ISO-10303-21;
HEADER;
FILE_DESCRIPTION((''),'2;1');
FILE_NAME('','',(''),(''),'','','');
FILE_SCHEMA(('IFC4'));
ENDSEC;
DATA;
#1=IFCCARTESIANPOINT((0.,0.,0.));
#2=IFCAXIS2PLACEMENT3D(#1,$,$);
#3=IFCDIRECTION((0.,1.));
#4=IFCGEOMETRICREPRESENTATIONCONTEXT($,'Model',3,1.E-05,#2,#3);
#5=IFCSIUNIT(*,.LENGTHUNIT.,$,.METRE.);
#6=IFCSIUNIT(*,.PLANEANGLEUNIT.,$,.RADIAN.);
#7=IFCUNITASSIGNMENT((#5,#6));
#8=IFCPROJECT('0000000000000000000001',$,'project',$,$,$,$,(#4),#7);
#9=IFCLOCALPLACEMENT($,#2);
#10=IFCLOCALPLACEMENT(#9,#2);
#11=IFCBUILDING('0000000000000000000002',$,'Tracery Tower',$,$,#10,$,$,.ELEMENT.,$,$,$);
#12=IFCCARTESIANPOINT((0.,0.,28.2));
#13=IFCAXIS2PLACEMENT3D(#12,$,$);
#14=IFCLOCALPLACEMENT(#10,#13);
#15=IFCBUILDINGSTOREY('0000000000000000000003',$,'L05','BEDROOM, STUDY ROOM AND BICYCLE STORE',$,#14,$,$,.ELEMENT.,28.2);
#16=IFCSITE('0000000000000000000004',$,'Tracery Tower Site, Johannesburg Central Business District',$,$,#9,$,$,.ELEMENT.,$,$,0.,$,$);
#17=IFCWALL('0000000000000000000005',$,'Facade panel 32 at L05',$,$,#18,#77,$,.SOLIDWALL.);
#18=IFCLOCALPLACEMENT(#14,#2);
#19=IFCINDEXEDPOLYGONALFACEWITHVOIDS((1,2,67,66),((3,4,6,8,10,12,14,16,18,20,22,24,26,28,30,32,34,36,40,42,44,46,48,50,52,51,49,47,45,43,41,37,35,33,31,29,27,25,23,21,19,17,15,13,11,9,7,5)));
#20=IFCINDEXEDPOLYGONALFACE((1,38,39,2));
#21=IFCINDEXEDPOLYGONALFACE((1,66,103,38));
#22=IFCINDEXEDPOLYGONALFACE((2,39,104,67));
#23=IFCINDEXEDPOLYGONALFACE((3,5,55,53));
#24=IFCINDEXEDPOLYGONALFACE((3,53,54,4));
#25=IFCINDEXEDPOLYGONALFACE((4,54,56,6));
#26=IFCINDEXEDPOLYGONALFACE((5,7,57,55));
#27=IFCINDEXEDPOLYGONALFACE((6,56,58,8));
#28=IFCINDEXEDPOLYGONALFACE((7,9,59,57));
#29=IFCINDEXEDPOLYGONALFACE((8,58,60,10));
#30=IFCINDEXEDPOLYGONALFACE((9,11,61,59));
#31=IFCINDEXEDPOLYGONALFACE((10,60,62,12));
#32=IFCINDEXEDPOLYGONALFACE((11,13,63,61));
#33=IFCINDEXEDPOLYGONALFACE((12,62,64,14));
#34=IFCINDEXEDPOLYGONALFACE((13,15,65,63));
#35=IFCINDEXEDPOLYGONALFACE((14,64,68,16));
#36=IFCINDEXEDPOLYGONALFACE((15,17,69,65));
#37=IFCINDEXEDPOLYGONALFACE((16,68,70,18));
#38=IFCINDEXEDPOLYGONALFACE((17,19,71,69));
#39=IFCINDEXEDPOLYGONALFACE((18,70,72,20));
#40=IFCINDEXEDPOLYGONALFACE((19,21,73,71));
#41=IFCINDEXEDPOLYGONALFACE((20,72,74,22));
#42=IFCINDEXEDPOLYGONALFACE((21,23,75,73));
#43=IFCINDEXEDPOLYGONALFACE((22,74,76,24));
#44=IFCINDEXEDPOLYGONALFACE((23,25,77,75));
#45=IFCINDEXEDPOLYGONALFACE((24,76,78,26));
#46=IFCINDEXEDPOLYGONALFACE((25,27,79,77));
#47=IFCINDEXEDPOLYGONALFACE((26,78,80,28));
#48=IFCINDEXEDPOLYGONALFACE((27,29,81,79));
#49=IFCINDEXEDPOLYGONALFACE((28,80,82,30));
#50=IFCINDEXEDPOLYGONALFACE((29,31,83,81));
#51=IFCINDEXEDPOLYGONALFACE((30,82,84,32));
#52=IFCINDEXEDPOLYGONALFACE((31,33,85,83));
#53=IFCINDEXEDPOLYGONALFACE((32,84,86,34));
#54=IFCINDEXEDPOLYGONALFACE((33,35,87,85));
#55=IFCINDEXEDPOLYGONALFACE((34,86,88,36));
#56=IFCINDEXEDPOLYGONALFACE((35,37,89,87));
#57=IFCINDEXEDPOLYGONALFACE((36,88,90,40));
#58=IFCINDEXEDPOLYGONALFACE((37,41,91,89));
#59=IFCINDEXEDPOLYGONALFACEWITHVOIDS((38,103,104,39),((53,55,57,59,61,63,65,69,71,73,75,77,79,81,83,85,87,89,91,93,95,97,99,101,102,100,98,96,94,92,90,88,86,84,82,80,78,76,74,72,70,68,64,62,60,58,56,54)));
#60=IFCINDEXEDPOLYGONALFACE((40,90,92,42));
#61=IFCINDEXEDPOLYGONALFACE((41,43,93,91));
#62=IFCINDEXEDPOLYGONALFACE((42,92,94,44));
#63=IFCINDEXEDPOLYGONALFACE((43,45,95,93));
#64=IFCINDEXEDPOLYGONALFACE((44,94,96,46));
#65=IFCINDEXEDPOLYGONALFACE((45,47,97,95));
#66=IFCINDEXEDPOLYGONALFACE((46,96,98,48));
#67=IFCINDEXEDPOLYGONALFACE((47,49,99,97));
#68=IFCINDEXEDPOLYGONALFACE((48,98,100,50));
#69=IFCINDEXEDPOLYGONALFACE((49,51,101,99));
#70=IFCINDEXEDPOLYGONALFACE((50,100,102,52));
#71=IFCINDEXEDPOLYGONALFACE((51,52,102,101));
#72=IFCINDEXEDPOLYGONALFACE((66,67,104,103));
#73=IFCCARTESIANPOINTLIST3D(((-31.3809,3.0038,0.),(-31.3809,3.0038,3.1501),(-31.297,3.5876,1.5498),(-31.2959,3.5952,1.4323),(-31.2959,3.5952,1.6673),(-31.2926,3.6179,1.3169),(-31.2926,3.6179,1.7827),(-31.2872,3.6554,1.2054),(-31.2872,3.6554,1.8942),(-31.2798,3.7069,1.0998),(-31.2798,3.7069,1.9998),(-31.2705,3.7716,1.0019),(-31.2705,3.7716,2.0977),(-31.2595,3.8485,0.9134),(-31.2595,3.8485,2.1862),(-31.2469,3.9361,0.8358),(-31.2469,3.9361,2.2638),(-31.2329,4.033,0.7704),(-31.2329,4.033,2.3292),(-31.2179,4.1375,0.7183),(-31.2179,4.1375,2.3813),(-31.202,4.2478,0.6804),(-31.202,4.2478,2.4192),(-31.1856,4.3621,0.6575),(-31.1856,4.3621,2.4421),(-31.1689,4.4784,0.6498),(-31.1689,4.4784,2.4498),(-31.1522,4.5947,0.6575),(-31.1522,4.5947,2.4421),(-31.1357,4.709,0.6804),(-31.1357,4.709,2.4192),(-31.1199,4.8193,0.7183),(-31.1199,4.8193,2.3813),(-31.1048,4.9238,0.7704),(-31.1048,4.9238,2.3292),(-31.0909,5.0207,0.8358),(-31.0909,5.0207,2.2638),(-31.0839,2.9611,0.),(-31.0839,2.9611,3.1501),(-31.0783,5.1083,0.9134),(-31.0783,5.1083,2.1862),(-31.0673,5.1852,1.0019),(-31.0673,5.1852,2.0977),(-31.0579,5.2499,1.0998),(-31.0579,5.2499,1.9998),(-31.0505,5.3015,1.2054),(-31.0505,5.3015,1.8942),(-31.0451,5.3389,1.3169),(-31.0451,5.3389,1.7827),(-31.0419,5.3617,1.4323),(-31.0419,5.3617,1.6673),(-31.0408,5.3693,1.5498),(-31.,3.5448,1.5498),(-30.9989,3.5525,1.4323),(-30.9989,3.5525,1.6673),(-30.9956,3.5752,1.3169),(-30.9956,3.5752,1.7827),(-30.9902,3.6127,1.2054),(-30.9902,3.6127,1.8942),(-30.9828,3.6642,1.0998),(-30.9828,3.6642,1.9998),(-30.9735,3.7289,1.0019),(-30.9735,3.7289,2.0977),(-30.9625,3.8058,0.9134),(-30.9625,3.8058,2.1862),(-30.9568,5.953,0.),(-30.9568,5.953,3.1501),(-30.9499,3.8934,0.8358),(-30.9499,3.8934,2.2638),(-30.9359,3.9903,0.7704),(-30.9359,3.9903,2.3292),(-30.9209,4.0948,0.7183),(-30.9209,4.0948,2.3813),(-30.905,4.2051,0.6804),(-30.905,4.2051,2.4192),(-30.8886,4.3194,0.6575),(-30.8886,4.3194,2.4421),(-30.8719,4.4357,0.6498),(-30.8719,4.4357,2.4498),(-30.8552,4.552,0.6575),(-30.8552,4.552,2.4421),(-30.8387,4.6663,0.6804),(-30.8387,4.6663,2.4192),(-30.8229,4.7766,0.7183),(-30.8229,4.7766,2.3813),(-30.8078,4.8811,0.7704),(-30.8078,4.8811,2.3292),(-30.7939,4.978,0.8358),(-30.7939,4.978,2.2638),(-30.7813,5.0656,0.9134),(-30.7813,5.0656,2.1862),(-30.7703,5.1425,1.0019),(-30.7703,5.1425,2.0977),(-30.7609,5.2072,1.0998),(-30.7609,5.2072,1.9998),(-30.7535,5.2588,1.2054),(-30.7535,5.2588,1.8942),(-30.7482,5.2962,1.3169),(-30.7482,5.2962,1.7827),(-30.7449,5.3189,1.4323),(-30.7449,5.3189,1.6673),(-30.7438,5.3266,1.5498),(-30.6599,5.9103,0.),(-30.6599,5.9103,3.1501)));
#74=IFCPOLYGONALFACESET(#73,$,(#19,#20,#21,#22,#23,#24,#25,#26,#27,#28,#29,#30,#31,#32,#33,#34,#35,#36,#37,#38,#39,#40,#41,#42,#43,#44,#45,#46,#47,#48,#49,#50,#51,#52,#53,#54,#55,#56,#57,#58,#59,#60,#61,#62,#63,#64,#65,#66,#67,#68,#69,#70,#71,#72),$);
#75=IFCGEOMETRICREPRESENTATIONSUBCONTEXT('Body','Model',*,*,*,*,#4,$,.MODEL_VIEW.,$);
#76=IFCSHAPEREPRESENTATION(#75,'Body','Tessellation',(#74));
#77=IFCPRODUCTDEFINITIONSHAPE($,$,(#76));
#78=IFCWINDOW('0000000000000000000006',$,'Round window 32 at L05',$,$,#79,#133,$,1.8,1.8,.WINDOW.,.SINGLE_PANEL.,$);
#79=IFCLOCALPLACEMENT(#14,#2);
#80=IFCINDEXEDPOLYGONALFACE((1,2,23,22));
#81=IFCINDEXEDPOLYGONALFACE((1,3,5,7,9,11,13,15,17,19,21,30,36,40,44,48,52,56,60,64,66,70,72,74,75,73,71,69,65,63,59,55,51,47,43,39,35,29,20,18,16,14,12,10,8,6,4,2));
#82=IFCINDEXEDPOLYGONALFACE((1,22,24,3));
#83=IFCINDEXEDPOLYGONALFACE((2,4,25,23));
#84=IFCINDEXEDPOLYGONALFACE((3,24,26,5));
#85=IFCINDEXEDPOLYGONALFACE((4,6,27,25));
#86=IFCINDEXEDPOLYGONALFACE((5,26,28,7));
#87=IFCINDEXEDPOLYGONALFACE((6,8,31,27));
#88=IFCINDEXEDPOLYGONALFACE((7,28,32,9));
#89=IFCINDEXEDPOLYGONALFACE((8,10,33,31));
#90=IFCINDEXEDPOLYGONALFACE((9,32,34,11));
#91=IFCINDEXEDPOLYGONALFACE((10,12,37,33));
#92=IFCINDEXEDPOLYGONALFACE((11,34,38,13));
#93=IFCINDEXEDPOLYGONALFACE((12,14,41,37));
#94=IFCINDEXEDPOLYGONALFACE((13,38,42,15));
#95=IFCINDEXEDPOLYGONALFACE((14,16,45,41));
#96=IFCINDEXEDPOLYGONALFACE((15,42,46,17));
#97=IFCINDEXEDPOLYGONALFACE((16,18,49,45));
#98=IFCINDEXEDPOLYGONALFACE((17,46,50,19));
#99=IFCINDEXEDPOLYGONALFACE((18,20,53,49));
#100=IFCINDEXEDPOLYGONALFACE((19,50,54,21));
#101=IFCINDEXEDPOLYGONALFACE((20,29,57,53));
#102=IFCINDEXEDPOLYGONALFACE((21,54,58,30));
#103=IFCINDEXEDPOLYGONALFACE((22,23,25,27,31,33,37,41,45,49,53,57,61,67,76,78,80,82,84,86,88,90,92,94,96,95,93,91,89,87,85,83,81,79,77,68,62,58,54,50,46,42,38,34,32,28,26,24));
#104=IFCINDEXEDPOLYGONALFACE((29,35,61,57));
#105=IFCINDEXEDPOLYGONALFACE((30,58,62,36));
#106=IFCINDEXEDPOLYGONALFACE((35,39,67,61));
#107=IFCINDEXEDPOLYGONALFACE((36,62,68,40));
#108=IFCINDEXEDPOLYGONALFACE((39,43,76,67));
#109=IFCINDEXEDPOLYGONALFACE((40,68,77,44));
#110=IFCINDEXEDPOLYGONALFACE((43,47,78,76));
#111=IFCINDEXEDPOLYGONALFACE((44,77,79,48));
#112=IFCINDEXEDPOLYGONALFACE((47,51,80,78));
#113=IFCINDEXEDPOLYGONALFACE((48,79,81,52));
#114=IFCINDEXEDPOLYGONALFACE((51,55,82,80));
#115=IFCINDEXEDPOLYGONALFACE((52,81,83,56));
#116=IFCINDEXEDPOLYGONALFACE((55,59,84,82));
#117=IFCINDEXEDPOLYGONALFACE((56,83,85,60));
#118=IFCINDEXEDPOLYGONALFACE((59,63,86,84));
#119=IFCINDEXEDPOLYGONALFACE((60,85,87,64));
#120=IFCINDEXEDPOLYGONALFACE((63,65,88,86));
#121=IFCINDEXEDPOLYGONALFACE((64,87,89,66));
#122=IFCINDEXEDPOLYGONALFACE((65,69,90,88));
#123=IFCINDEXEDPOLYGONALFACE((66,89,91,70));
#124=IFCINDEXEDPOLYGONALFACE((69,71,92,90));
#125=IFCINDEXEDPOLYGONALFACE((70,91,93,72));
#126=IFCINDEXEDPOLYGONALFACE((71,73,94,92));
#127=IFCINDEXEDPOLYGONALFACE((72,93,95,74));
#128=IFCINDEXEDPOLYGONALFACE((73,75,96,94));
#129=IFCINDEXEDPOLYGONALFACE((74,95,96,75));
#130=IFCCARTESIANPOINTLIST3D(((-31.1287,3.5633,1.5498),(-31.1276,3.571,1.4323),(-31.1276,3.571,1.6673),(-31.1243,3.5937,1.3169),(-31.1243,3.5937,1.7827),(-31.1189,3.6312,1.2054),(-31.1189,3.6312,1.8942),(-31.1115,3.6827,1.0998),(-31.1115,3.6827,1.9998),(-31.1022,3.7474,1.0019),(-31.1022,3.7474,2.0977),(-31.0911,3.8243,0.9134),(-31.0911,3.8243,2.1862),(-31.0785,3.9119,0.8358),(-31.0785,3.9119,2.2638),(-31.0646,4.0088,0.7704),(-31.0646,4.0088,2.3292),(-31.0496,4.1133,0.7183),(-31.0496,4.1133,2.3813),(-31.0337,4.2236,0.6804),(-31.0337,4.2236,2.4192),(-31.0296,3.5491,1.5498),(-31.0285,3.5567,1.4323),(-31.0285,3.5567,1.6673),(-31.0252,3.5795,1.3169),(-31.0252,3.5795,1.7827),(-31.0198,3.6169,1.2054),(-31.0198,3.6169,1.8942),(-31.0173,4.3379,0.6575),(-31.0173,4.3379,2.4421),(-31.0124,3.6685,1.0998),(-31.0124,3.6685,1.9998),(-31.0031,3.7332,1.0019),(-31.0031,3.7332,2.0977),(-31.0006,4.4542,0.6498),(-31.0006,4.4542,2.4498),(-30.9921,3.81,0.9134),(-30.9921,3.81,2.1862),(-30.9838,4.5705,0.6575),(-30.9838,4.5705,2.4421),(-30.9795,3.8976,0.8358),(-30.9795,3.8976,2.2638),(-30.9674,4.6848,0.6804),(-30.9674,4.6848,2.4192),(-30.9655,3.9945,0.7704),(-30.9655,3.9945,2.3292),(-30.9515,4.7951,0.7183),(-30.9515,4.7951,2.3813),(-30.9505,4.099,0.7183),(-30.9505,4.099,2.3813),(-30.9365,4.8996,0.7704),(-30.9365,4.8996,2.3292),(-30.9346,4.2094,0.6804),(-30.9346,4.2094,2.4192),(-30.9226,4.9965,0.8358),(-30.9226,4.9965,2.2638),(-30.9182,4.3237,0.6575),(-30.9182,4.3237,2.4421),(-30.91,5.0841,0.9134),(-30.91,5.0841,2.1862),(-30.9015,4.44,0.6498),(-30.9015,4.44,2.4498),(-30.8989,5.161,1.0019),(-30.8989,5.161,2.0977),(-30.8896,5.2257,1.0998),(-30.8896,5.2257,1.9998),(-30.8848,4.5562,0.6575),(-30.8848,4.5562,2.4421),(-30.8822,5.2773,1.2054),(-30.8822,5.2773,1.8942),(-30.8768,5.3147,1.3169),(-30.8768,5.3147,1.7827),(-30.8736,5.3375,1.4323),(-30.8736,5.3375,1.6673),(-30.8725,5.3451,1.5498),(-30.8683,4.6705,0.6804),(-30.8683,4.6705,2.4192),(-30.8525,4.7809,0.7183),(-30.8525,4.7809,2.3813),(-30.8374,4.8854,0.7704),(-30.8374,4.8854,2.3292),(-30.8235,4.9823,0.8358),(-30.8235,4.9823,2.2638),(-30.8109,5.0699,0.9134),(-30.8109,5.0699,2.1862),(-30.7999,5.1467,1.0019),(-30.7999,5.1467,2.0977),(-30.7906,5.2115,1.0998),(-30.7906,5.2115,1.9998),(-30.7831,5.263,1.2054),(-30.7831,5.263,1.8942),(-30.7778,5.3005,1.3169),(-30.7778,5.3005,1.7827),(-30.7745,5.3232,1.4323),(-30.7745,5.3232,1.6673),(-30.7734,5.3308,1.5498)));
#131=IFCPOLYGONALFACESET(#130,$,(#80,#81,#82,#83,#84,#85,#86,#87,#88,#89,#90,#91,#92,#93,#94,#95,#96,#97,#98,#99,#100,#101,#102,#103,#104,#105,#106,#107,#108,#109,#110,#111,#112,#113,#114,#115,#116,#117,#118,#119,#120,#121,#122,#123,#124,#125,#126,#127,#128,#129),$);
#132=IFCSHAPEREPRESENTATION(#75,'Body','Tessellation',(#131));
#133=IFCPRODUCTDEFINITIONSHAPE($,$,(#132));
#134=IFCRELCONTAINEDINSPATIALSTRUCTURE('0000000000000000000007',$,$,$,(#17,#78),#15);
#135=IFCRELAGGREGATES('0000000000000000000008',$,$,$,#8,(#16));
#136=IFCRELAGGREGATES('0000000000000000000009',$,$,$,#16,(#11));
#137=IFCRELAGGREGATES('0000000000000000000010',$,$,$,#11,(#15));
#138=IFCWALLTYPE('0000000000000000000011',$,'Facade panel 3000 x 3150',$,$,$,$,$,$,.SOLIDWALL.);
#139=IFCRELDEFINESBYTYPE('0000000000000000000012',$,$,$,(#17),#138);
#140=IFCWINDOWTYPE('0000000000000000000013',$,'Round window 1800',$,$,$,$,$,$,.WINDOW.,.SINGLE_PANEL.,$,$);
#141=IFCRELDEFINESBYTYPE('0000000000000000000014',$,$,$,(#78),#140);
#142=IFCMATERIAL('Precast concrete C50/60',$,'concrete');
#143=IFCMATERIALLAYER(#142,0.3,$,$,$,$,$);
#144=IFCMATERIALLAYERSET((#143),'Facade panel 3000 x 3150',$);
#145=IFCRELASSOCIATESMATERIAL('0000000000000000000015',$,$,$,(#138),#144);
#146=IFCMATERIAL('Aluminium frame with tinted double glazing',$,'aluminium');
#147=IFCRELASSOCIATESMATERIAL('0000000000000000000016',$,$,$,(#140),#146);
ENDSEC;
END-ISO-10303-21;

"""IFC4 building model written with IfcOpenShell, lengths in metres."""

from ifc_helpers import new_model, si_unit, direction, frame, frame_2d, origin, origin_2d, place, context, subcontext, project, spatial, rectangle, circle, extrude, material, layer, layer_set, type_object, element, fill, save


model = new_model("IFC4")

# Units and contexts
model_context = context("Model", 3, precision=1e-05, world=origin(), true_north=direction((0.0, 1.0)))
body_context = subcontext(model_context, "Body", "Model", "MODEL_VIEW")
ifc_project = project(units=[si_unit("LENGTHUNIT", "METRE"), si_unit("PLANEANGLEUNIT", "RADIAN")], contexts=[model_context])

# Site, building, storey
site_placement = place(None, origin())
site = spatial("IfcSite", under=ifc_project, at=site_placement, Name="Tracery Tower Site, Johannesburg Central Business District", CompositionType="ELEMENT", RefElevation=0.0)
building_placement = place(site_placement, origin())
building = spatial("IfcBuilding", under=site, at=building_placement, Name="Tracery Tower", CompositionType="ELEMENT")
storey_placement = place(building_placement, frame((0.0, 0.0, 28.2)))
storey = spatial("IfcBuildingStorey", under=building, at=storey_placement, Name="L05", Description="BEDROOM, STUDY ROOM AND BICYCLE STORE", CompositionType="ELEMENT", Elevation=28.2)

# Wall, opening, window
ifc_material_1 = material(Name="Precast concrete C50/60", Category="concrete")
ifc_layer_1 = layer(ifc_material_1, 0.3)
ifc_layer_set_1 = layer_set([ifc_layer_1], Name="Facade panel 3000 x 3150")
wall_type_1 = type_object("IfcWallType", Name="Facade panel 3000 x 3150", PredefinedType="SOLIDWALL", material=ifc_layer_set_1)
wall_1_placement = place(storey_placement, frame((-30.8083, 5.9316, 0.0), z_axis=(0.0, 0.0, 1.0), x_axis=(-0.142328, -0.98982, 0.0)))
wall_1 = element("IfcWall", 1, at=wall_1_placement, inside=storey, type_object=wall_type_1, Name="Facade panel 32 at L05", PredefinedType="SOLIDWALL", context=body_context, shape_type="SweptSolid", body=[
    extrude(rectangle(XDim=2.9795, YDim=0.3, at=frame_2d((1.4897, 0.0))), origin(), (0.0, 0.0, 1.0), 3.1501),
])
opening_1_placement = place(wall_1_placement, frame((1.4897, 0.0, 1.5498)))
opening_1 = element("IfcOpeningElement", 2, at=opening_1_placement, cuts=wall_1, PredefinedType="OPENING", context=body_context, shape_type="SweptSolid", body=[
    extrude(circle(Radius=0.9, at=origin_2d()), frame((0.0, 0.1599, 0.0), z_axis=(0.0, -1.0, 0.0), x_axis=(1.0, 0.0, 0.0)), (0.0, 0.0, 1.0), 0.3201),
])
ifc_material_2 = material(Name="Aluminium frame with tinted double glazing", Category="aluminium")
window_type = type_object("IfcWindowType", Name="Round window 1800", PartitioningType="SINGLE_PANEL", PredefinedType="WINDOW", material=ifc_material_2)
window_1_placement = place(opening_1_placement, origin())
window_1 = element("IfcWindow", 3, at=window_1_placement, inside=storey, type_object=window_type, Name="Round window 32 at L05", OverallHeight=1.8, OverallWidth=1.8, PartitioningType="SINGLE_PANEL", PredefinedType="WINDOW", context=body_context, shape_type="SweptSolid", body=[
    extrude(circle(Radius=0.9, at=origin_2d()), frame((0.0, 0.1201, 0.0), z_axis=(0.0, -1.0, 0.0), x_axis=(1.0, 0.0, 0.0)), (0.0, 0.0, 1.0), 0.1001),
])
fill(opening_1, window_1)

save(model, "model.ifc")
